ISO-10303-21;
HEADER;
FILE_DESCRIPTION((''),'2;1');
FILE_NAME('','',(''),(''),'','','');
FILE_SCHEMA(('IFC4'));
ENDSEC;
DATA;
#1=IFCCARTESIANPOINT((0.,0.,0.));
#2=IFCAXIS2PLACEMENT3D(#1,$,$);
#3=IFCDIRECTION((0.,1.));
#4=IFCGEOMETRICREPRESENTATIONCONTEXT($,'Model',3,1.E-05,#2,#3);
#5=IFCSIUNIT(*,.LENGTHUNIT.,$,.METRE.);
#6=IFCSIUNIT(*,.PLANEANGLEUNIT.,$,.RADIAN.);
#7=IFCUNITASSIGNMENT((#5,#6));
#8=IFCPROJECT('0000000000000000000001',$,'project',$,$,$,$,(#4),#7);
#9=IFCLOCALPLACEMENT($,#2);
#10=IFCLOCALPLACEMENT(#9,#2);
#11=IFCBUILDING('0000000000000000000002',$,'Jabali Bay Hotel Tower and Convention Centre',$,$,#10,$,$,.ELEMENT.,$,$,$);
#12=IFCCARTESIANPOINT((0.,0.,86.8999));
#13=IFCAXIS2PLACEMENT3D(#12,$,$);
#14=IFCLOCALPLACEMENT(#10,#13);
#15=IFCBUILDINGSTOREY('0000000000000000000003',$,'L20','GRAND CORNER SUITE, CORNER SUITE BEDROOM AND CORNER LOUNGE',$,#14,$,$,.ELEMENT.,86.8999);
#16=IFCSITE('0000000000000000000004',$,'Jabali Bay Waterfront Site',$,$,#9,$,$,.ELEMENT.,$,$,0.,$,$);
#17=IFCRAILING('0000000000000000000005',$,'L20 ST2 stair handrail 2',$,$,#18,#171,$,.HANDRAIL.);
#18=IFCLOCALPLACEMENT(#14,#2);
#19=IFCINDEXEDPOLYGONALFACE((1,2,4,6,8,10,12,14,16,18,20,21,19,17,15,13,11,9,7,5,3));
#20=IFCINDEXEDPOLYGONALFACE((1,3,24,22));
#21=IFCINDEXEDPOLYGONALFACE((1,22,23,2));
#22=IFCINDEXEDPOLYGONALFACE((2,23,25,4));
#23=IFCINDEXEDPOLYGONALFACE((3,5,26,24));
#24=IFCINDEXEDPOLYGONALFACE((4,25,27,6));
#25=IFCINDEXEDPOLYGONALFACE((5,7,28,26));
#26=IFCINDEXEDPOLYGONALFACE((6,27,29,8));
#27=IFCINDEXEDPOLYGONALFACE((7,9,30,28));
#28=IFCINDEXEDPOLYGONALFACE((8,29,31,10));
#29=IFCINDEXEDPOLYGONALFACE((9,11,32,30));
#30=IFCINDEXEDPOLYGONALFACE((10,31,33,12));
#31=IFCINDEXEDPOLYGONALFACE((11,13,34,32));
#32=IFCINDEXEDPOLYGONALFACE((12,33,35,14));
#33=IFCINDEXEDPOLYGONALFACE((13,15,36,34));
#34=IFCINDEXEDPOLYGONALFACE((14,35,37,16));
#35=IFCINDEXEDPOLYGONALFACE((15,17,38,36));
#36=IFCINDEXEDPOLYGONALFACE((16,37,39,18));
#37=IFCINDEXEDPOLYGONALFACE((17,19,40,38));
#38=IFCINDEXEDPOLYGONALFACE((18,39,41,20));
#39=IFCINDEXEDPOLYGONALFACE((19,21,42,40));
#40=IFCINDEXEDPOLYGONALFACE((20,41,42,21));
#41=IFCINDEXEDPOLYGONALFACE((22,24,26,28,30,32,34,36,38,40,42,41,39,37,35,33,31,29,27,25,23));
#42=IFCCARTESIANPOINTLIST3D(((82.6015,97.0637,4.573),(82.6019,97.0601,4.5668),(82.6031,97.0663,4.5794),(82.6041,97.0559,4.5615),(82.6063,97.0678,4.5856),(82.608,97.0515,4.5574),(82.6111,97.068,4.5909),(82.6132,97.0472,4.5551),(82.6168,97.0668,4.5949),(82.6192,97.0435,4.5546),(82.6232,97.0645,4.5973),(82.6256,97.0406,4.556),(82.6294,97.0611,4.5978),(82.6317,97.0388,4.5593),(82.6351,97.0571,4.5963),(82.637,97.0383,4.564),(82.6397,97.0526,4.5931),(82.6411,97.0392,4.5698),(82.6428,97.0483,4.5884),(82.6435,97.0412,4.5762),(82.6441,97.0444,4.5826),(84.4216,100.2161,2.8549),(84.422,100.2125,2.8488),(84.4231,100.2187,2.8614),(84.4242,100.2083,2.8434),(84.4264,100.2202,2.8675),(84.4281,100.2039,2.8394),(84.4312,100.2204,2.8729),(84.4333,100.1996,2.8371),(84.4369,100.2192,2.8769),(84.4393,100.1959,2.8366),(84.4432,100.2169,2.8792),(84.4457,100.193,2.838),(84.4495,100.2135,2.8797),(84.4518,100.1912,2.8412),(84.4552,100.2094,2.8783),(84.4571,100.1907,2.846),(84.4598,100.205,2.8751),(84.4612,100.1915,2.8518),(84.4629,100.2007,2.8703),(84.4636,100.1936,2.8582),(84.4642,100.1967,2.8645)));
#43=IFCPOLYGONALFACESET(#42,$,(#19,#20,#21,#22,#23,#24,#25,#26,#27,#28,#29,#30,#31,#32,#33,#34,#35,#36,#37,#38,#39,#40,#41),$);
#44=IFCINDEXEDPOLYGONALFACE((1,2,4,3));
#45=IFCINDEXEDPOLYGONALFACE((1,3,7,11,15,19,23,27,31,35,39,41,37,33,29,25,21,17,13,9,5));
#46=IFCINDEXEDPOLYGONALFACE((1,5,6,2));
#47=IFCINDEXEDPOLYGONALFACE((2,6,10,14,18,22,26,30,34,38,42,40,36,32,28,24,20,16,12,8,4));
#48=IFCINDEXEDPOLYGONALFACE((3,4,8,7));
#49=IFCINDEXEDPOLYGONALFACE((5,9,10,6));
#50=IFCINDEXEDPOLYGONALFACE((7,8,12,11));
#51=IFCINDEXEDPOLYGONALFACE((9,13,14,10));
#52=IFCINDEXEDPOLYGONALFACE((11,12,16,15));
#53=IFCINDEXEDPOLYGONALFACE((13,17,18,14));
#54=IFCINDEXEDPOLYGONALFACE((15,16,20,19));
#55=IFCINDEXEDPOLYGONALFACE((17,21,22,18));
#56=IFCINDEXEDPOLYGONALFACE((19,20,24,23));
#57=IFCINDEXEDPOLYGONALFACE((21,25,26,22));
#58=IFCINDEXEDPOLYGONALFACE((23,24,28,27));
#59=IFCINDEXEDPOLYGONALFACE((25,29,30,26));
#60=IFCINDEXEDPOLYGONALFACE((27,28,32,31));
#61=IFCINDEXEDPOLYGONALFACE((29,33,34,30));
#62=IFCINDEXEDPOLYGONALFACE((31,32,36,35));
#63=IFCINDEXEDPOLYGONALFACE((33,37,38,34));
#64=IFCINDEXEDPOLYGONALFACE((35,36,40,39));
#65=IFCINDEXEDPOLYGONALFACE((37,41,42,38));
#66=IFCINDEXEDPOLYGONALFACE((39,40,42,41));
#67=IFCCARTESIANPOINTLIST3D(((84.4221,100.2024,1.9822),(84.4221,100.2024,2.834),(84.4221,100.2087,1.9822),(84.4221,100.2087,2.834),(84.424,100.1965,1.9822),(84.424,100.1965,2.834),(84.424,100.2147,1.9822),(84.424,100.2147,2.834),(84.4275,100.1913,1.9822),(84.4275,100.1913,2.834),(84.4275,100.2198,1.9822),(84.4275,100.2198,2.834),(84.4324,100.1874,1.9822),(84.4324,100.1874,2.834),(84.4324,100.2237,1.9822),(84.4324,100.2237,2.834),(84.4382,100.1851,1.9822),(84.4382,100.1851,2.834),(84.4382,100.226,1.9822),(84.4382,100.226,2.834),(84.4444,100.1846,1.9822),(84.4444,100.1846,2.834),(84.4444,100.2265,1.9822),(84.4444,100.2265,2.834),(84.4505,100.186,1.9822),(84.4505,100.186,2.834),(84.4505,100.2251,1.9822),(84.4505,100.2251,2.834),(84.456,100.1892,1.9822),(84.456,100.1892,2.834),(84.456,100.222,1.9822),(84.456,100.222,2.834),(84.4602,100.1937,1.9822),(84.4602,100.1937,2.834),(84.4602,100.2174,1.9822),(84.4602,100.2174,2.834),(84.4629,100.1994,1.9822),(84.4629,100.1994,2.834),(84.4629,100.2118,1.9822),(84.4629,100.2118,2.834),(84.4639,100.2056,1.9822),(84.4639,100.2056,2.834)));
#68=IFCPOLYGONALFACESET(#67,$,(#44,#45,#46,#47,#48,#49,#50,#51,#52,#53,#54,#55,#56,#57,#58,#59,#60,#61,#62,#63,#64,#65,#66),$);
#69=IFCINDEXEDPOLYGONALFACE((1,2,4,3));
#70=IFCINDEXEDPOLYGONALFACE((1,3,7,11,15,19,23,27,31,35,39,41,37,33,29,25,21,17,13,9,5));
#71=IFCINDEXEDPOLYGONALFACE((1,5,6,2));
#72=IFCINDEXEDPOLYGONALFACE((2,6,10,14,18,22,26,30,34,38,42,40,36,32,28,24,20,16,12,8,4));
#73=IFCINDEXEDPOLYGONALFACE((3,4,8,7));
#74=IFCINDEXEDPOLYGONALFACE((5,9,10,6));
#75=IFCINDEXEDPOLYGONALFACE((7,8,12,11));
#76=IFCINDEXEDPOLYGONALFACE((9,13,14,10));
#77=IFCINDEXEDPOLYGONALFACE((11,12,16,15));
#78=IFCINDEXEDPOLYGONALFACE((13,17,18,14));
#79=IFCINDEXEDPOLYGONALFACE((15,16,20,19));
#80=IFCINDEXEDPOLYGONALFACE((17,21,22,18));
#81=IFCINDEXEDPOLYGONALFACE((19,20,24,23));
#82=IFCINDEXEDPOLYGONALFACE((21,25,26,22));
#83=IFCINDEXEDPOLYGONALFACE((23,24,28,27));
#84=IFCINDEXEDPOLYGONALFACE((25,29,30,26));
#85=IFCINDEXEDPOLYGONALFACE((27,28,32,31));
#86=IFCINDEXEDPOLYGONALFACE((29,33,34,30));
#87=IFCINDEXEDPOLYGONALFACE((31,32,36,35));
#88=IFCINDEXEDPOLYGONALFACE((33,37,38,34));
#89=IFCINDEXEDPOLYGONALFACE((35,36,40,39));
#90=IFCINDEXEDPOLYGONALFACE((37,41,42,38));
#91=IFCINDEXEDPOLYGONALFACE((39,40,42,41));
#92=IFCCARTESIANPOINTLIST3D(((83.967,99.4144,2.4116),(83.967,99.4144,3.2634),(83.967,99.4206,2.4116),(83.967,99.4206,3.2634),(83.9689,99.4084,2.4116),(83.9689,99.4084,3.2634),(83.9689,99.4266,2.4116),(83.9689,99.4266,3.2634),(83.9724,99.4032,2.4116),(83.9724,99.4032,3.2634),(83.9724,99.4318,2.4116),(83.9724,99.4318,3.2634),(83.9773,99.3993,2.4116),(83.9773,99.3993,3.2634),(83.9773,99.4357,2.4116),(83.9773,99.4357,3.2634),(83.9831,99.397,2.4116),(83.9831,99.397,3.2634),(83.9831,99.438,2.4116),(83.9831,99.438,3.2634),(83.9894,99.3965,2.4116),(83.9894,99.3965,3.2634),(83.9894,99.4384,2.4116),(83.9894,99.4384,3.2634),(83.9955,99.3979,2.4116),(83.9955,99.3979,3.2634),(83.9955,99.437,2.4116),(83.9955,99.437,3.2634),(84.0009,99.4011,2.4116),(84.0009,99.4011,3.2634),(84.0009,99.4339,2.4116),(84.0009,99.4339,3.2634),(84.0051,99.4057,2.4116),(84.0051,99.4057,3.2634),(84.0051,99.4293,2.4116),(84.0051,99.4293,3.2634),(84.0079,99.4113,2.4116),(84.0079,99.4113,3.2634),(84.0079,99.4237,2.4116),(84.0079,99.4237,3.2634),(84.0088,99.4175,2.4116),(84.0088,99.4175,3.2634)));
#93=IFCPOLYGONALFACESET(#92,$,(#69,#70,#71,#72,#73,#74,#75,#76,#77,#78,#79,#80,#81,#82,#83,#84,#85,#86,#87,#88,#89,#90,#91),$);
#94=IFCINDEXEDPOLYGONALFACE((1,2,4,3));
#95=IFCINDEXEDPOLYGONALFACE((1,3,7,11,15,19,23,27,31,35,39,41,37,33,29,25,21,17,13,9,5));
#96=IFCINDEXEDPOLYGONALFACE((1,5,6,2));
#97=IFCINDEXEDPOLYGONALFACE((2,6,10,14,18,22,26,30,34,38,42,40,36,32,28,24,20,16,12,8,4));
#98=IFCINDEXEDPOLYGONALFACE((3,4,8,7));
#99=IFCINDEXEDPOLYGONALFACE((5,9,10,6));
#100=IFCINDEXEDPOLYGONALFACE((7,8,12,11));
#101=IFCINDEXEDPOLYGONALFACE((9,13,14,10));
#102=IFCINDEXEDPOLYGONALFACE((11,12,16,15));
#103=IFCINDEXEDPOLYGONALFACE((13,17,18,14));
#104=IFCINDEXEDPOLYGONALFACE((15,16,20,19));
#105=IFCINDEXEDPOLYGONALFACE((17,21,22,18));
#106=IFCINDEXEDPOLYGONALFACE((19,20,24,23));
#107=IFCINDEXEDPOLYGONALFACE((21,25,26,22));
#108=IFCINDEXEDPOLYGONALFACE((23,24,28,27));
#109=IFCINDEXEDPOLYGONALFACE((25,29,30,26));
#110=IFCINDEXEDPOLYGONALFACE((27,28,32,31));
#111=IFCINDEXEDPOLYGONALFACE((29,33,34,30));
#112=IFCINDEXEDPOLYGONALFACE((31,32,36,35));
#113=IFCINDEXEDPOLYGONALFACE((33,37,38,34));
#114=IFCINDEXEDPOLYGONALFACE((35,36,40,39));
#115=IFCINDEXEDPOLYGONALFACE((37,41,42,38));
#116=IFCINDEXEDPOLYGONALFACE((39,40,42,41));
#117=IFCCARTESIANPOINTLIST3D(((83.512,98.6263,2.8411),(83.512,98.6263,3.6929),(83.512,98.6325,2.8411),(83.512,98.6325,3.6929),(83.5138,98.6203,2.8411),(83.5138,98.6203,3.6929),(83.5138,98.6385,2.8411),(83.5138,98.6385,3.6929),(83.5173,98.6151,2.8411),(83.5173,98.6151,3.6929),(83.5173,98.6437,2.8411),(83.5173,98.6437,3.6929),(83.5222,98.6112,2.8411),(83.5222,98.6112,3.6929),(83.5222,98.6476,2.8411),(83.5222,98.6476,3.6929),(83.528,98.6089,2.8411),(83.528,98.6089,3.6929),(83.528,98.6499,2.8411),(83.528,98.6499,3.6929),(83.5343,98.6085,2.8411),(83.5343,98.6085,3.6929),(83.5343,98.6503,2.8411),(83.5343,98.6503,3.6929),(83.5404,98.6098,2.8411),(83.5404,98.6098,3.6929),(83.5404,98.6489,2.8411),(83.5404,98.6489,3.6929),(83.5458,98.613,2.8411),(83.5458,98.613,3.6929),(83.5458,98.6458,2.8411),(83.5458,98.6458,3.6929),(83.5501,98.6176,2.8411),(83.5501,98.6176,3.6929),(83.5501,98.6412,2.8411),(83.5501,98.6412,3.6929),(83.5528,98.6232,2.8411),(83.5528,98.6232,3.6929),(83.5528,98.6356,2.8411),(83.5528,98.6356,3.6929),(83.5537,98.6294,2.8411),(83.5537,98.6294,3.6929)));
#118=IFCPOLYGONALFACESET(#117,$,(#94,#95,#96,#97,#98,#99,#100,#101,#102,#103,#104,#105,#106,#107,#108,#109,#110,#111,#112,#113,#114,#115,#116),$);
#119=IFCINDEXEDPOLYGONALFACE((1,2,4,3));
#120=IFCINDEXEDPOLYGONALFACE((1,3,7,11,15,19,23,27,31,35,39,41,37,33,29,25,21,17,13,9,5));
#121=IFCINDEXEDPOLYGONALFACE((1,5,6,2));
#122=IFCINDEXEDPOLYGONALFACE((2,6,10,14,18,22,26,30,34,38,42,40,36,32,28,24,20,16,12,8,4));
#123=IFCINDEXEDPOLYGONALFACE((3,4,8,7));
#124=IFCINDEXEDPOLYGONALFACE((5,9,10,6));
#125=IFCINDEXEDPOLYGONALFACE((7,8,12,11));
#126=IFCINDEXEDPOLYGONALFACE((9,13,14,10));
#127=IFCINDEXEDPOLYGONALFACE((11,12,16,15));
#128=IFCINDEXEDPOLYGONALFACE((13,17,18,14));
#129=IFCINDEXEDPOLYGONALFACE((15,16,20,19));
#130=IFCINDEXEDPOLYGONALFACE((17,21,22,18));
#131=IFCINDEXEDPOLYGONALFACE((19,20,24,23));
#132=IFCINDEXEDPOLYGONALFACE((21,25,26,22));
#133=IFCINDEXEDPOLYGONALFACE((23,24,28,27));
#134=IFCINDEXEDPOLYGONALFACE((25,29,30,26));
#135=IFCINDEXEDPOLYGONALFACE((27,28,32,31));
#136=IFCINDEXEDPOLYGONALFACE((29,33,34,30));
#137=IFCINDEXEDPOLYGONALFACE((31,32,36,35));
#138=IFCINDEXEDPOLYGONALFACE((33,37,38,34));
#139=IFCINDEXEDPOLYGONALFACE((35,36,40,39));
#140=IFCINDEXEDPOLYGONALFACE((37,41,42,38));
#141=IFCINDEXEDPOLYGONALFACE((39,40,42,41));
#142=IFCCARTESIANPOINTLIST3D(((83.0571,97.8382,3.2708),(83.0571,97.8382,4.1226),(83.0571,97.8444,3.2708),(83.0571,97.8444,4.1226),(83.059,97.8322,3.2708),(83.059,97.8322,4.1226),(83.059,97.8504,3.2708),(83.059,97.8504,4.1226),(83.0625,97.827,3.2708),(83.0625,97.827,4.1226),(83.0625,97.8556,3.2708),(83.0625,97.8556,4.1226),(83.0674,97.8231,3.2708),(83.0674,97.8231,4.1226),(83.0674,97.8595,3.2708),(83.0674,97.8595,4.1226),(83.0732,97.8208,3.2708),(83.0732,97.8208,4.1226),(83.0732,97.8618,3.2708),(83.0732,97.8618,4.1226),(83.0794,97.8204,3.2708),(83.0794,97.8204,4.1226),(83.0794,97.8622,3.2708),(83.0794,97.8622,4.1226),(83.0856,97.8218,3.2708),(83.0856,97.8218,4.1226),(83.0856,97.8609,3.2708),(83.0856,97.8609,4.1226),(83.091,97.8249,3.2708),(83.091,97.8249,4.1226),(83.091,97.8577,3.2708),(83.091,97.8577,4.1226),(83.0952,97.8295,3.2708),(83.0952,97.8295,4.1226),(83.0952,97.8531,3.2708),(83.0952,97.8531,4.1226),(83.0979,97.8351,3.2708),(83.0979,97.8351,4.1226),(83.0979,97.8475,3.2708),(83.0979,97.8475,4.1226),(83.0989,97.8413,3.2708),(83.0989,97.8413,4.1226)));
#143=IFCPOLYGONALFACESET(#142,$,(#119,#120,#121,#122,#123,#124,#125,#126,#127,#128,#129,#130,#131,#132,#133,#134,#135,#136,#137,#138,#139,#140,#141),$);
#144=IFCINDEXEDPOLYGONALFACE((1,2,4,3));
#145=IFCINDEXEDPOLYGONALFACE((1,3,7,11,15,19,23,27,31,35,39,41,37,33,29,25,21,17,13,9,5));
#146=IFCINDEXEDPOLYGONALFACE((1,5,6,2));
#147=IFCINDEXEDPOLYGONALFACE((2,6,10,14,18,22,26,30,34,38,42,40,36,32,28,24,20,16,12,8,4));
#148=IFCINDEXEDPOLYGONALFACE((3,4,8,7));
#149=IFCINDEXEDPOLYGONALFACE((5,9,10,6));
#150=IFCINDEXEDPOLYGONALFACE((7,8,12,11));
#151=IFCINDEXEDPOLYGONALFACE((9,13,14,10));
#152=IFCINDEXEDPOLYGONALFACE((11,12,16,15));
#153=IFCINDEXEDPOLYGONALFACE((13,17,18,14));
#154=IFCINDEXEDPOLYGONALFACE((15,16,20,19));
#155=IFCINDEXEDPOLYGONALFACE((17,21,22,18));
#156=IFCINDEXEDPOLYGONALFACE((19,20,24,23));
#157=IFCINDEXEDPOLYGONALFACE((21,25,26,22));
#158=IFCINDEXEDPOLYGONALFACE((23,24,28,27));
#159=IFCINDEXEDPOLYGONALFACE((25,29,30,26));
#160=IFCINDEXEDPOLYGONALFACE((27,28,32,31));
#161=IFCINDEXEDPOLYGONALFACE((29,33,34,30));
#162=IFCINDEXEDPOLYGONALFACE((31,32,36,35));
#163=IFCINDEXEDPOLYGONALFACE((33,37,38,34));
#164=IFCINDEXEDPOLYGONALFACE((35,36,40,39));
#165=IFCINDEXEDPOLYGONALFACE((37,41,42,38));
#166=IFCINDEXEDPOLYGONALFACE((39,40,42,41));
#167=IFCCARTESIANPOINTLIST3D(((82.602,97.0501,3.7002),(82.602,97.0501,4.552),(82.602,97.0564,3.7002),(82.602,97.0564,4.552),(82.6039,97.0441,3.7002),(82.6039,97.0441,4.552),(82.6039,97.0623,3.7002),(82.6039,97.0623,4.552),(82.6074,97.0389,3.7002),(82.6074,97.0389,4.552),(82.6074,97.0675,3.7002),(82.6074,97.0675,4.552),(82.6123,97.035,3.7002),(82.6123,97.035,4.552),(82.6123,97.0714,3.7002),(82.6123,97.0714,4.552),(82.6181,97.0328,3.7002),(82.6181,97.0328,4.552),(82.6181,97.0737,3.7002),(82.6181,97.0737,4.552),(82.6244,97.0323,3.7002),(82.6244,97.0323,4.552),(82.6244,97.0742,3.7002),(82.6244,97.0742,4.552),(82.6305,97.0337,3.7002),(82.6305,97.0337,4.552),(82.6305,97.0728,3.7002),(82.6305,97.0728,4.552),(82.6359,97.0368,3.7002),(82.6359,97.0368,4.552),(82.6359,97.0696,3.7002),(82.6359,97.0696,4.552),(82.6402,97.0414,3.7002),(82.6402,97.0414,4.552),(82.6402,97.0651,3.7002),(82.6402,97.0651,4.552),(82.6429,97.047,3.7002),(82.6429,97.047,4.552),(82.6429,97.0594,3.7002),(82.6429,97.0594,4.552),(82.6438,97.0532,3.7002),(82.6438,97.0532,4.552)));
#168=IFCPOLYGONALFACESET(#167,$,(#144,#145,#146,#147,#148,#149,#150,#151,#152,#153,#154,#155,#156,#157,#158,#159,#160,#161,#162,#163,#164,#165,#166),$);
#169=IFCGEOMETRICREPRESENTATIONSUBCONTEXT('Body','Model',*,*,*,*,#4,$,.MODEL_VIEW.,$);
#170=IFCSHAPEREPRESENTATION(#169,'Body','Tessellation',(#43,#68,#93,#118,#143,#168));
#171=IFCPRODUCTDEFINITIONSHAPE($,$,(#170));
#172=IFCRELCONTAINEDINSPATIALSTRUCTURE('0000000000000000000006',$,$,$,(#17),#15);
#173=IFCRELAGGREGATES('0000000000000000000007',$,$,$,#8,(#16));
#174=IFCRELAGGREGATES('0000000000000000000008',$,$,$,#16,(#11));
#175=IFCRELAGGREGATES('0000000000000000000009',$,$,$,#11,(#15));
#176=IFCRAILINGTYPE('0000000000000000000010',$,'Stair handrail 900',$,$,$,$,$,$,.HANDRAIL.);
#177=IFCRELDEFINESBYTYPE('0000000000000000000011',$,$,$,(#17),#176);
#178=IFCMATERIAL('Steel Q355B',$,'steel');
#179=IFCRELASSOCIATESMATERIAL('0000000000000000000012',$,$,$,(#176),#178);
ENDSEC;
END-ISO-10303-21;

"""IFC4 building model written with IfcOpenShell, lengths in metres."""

from ifc_helpers import new_model, si_unit, direction, frame, origin, origin_2d, place, context, subcontext, project, spatial, circle, extrude, material, type_object, element, save


model = new_model("IFC4")

# Units and contexts
model_context = context("Model", 3, precision=1e-05, world=origin(), true_north=direction((0.0, 1.0)))
body_context = subcontext(model_context, "Body", "Model", "MODEL_VIEW")
ifc_project = project(units=[si_unit("LENGTHUNIT", "METRE"), si_unit("PLANEANGLEUNIT", "RADIAN")], contexts=[model_context])

# Site, building, storey
site_placement = place(None, origin())
site = spatial("IfcSite", under=ifc_project, at=site_placement, Name="Jabali Bay Waterfront Site", CompositionType="ELEMENT", RefElevation=0.0)
building_placement = place(site_placement, origin())
building = spatial("IfcBuilding", under=site, at=building_placement, Name="Jabali Bay Hotel Tower and Convention Centre", CompositionType="ELEMENT")
storey_placement = place(building_placement, frame((0.0, 0.0, 86.8999)))
storey = spatial("IfcBuildingStorey", under=building, at=storey_placement, Name="L20", Description="GRAND CORNER SUITE, CORNER SUITE BEDROOM AND CORNER LOUNGE", CompositionType="ELEMENT", Elevation=86.8999)

# Railing
ifc_material_1 = material(Name="Steel Q355B", Category="steel")
railing_type_1 = type_object("IfcRailingType", Name="Stair handrail 900", PredefinedType="HANDRAIL", material=ifc_material_1)
railing_1_placement = place(storey_placement, frame((84.4429, 100.2056, 1.9822)))
element("IfcRailing", 1, at=railing_1_placement, inside=storey, type_object=railing_type_1, Name="L20 ST2 stair handrail 2", PredefinedType="HANDRAIL", context=body_context, shape_type="SweptSolid", body=[
    extrude(circle(Radius=0.0239, at=origin_2d()), frame((0.0, 0.0, 0.876), z_axis=(-0.452179, -0.78317, 0.426825), x_axis=(0.866018, -0.500013, 0.0)), (0.0, 0.0, 1.0), 4.0251),
    extrude(circle(Radius=0.021, at=origin_2d()), origin(), (0.0, 0.0, 1.0), 0.8518),
    extrude(circle(Radius=0.021, at=origin_2d()), frame((-0.4551, -0.7881, 0.4294)), (0.0, 0.0, 1.0), 0.8518),
    extrude(circle(Radius=0.021, at=origin_2d()), frame((-0.9102, -1.5762, 0.8589)), (0.0, 0.0, 1.0), 0.8518),
    extrude(circle(Radius=0.021, at=origin_2d()), frame((-1.365, -2.3643, 1.2886)), (0.0, 0.0, 1.0), 0.8518),
    extrude(circle(Radius=0.021, at=origin_2d()), frame((-1.8201, -3.1523, 1.718)), (0.0, 0.0, 1.0), 0.8518),
])

save(model, "model.ifc")
